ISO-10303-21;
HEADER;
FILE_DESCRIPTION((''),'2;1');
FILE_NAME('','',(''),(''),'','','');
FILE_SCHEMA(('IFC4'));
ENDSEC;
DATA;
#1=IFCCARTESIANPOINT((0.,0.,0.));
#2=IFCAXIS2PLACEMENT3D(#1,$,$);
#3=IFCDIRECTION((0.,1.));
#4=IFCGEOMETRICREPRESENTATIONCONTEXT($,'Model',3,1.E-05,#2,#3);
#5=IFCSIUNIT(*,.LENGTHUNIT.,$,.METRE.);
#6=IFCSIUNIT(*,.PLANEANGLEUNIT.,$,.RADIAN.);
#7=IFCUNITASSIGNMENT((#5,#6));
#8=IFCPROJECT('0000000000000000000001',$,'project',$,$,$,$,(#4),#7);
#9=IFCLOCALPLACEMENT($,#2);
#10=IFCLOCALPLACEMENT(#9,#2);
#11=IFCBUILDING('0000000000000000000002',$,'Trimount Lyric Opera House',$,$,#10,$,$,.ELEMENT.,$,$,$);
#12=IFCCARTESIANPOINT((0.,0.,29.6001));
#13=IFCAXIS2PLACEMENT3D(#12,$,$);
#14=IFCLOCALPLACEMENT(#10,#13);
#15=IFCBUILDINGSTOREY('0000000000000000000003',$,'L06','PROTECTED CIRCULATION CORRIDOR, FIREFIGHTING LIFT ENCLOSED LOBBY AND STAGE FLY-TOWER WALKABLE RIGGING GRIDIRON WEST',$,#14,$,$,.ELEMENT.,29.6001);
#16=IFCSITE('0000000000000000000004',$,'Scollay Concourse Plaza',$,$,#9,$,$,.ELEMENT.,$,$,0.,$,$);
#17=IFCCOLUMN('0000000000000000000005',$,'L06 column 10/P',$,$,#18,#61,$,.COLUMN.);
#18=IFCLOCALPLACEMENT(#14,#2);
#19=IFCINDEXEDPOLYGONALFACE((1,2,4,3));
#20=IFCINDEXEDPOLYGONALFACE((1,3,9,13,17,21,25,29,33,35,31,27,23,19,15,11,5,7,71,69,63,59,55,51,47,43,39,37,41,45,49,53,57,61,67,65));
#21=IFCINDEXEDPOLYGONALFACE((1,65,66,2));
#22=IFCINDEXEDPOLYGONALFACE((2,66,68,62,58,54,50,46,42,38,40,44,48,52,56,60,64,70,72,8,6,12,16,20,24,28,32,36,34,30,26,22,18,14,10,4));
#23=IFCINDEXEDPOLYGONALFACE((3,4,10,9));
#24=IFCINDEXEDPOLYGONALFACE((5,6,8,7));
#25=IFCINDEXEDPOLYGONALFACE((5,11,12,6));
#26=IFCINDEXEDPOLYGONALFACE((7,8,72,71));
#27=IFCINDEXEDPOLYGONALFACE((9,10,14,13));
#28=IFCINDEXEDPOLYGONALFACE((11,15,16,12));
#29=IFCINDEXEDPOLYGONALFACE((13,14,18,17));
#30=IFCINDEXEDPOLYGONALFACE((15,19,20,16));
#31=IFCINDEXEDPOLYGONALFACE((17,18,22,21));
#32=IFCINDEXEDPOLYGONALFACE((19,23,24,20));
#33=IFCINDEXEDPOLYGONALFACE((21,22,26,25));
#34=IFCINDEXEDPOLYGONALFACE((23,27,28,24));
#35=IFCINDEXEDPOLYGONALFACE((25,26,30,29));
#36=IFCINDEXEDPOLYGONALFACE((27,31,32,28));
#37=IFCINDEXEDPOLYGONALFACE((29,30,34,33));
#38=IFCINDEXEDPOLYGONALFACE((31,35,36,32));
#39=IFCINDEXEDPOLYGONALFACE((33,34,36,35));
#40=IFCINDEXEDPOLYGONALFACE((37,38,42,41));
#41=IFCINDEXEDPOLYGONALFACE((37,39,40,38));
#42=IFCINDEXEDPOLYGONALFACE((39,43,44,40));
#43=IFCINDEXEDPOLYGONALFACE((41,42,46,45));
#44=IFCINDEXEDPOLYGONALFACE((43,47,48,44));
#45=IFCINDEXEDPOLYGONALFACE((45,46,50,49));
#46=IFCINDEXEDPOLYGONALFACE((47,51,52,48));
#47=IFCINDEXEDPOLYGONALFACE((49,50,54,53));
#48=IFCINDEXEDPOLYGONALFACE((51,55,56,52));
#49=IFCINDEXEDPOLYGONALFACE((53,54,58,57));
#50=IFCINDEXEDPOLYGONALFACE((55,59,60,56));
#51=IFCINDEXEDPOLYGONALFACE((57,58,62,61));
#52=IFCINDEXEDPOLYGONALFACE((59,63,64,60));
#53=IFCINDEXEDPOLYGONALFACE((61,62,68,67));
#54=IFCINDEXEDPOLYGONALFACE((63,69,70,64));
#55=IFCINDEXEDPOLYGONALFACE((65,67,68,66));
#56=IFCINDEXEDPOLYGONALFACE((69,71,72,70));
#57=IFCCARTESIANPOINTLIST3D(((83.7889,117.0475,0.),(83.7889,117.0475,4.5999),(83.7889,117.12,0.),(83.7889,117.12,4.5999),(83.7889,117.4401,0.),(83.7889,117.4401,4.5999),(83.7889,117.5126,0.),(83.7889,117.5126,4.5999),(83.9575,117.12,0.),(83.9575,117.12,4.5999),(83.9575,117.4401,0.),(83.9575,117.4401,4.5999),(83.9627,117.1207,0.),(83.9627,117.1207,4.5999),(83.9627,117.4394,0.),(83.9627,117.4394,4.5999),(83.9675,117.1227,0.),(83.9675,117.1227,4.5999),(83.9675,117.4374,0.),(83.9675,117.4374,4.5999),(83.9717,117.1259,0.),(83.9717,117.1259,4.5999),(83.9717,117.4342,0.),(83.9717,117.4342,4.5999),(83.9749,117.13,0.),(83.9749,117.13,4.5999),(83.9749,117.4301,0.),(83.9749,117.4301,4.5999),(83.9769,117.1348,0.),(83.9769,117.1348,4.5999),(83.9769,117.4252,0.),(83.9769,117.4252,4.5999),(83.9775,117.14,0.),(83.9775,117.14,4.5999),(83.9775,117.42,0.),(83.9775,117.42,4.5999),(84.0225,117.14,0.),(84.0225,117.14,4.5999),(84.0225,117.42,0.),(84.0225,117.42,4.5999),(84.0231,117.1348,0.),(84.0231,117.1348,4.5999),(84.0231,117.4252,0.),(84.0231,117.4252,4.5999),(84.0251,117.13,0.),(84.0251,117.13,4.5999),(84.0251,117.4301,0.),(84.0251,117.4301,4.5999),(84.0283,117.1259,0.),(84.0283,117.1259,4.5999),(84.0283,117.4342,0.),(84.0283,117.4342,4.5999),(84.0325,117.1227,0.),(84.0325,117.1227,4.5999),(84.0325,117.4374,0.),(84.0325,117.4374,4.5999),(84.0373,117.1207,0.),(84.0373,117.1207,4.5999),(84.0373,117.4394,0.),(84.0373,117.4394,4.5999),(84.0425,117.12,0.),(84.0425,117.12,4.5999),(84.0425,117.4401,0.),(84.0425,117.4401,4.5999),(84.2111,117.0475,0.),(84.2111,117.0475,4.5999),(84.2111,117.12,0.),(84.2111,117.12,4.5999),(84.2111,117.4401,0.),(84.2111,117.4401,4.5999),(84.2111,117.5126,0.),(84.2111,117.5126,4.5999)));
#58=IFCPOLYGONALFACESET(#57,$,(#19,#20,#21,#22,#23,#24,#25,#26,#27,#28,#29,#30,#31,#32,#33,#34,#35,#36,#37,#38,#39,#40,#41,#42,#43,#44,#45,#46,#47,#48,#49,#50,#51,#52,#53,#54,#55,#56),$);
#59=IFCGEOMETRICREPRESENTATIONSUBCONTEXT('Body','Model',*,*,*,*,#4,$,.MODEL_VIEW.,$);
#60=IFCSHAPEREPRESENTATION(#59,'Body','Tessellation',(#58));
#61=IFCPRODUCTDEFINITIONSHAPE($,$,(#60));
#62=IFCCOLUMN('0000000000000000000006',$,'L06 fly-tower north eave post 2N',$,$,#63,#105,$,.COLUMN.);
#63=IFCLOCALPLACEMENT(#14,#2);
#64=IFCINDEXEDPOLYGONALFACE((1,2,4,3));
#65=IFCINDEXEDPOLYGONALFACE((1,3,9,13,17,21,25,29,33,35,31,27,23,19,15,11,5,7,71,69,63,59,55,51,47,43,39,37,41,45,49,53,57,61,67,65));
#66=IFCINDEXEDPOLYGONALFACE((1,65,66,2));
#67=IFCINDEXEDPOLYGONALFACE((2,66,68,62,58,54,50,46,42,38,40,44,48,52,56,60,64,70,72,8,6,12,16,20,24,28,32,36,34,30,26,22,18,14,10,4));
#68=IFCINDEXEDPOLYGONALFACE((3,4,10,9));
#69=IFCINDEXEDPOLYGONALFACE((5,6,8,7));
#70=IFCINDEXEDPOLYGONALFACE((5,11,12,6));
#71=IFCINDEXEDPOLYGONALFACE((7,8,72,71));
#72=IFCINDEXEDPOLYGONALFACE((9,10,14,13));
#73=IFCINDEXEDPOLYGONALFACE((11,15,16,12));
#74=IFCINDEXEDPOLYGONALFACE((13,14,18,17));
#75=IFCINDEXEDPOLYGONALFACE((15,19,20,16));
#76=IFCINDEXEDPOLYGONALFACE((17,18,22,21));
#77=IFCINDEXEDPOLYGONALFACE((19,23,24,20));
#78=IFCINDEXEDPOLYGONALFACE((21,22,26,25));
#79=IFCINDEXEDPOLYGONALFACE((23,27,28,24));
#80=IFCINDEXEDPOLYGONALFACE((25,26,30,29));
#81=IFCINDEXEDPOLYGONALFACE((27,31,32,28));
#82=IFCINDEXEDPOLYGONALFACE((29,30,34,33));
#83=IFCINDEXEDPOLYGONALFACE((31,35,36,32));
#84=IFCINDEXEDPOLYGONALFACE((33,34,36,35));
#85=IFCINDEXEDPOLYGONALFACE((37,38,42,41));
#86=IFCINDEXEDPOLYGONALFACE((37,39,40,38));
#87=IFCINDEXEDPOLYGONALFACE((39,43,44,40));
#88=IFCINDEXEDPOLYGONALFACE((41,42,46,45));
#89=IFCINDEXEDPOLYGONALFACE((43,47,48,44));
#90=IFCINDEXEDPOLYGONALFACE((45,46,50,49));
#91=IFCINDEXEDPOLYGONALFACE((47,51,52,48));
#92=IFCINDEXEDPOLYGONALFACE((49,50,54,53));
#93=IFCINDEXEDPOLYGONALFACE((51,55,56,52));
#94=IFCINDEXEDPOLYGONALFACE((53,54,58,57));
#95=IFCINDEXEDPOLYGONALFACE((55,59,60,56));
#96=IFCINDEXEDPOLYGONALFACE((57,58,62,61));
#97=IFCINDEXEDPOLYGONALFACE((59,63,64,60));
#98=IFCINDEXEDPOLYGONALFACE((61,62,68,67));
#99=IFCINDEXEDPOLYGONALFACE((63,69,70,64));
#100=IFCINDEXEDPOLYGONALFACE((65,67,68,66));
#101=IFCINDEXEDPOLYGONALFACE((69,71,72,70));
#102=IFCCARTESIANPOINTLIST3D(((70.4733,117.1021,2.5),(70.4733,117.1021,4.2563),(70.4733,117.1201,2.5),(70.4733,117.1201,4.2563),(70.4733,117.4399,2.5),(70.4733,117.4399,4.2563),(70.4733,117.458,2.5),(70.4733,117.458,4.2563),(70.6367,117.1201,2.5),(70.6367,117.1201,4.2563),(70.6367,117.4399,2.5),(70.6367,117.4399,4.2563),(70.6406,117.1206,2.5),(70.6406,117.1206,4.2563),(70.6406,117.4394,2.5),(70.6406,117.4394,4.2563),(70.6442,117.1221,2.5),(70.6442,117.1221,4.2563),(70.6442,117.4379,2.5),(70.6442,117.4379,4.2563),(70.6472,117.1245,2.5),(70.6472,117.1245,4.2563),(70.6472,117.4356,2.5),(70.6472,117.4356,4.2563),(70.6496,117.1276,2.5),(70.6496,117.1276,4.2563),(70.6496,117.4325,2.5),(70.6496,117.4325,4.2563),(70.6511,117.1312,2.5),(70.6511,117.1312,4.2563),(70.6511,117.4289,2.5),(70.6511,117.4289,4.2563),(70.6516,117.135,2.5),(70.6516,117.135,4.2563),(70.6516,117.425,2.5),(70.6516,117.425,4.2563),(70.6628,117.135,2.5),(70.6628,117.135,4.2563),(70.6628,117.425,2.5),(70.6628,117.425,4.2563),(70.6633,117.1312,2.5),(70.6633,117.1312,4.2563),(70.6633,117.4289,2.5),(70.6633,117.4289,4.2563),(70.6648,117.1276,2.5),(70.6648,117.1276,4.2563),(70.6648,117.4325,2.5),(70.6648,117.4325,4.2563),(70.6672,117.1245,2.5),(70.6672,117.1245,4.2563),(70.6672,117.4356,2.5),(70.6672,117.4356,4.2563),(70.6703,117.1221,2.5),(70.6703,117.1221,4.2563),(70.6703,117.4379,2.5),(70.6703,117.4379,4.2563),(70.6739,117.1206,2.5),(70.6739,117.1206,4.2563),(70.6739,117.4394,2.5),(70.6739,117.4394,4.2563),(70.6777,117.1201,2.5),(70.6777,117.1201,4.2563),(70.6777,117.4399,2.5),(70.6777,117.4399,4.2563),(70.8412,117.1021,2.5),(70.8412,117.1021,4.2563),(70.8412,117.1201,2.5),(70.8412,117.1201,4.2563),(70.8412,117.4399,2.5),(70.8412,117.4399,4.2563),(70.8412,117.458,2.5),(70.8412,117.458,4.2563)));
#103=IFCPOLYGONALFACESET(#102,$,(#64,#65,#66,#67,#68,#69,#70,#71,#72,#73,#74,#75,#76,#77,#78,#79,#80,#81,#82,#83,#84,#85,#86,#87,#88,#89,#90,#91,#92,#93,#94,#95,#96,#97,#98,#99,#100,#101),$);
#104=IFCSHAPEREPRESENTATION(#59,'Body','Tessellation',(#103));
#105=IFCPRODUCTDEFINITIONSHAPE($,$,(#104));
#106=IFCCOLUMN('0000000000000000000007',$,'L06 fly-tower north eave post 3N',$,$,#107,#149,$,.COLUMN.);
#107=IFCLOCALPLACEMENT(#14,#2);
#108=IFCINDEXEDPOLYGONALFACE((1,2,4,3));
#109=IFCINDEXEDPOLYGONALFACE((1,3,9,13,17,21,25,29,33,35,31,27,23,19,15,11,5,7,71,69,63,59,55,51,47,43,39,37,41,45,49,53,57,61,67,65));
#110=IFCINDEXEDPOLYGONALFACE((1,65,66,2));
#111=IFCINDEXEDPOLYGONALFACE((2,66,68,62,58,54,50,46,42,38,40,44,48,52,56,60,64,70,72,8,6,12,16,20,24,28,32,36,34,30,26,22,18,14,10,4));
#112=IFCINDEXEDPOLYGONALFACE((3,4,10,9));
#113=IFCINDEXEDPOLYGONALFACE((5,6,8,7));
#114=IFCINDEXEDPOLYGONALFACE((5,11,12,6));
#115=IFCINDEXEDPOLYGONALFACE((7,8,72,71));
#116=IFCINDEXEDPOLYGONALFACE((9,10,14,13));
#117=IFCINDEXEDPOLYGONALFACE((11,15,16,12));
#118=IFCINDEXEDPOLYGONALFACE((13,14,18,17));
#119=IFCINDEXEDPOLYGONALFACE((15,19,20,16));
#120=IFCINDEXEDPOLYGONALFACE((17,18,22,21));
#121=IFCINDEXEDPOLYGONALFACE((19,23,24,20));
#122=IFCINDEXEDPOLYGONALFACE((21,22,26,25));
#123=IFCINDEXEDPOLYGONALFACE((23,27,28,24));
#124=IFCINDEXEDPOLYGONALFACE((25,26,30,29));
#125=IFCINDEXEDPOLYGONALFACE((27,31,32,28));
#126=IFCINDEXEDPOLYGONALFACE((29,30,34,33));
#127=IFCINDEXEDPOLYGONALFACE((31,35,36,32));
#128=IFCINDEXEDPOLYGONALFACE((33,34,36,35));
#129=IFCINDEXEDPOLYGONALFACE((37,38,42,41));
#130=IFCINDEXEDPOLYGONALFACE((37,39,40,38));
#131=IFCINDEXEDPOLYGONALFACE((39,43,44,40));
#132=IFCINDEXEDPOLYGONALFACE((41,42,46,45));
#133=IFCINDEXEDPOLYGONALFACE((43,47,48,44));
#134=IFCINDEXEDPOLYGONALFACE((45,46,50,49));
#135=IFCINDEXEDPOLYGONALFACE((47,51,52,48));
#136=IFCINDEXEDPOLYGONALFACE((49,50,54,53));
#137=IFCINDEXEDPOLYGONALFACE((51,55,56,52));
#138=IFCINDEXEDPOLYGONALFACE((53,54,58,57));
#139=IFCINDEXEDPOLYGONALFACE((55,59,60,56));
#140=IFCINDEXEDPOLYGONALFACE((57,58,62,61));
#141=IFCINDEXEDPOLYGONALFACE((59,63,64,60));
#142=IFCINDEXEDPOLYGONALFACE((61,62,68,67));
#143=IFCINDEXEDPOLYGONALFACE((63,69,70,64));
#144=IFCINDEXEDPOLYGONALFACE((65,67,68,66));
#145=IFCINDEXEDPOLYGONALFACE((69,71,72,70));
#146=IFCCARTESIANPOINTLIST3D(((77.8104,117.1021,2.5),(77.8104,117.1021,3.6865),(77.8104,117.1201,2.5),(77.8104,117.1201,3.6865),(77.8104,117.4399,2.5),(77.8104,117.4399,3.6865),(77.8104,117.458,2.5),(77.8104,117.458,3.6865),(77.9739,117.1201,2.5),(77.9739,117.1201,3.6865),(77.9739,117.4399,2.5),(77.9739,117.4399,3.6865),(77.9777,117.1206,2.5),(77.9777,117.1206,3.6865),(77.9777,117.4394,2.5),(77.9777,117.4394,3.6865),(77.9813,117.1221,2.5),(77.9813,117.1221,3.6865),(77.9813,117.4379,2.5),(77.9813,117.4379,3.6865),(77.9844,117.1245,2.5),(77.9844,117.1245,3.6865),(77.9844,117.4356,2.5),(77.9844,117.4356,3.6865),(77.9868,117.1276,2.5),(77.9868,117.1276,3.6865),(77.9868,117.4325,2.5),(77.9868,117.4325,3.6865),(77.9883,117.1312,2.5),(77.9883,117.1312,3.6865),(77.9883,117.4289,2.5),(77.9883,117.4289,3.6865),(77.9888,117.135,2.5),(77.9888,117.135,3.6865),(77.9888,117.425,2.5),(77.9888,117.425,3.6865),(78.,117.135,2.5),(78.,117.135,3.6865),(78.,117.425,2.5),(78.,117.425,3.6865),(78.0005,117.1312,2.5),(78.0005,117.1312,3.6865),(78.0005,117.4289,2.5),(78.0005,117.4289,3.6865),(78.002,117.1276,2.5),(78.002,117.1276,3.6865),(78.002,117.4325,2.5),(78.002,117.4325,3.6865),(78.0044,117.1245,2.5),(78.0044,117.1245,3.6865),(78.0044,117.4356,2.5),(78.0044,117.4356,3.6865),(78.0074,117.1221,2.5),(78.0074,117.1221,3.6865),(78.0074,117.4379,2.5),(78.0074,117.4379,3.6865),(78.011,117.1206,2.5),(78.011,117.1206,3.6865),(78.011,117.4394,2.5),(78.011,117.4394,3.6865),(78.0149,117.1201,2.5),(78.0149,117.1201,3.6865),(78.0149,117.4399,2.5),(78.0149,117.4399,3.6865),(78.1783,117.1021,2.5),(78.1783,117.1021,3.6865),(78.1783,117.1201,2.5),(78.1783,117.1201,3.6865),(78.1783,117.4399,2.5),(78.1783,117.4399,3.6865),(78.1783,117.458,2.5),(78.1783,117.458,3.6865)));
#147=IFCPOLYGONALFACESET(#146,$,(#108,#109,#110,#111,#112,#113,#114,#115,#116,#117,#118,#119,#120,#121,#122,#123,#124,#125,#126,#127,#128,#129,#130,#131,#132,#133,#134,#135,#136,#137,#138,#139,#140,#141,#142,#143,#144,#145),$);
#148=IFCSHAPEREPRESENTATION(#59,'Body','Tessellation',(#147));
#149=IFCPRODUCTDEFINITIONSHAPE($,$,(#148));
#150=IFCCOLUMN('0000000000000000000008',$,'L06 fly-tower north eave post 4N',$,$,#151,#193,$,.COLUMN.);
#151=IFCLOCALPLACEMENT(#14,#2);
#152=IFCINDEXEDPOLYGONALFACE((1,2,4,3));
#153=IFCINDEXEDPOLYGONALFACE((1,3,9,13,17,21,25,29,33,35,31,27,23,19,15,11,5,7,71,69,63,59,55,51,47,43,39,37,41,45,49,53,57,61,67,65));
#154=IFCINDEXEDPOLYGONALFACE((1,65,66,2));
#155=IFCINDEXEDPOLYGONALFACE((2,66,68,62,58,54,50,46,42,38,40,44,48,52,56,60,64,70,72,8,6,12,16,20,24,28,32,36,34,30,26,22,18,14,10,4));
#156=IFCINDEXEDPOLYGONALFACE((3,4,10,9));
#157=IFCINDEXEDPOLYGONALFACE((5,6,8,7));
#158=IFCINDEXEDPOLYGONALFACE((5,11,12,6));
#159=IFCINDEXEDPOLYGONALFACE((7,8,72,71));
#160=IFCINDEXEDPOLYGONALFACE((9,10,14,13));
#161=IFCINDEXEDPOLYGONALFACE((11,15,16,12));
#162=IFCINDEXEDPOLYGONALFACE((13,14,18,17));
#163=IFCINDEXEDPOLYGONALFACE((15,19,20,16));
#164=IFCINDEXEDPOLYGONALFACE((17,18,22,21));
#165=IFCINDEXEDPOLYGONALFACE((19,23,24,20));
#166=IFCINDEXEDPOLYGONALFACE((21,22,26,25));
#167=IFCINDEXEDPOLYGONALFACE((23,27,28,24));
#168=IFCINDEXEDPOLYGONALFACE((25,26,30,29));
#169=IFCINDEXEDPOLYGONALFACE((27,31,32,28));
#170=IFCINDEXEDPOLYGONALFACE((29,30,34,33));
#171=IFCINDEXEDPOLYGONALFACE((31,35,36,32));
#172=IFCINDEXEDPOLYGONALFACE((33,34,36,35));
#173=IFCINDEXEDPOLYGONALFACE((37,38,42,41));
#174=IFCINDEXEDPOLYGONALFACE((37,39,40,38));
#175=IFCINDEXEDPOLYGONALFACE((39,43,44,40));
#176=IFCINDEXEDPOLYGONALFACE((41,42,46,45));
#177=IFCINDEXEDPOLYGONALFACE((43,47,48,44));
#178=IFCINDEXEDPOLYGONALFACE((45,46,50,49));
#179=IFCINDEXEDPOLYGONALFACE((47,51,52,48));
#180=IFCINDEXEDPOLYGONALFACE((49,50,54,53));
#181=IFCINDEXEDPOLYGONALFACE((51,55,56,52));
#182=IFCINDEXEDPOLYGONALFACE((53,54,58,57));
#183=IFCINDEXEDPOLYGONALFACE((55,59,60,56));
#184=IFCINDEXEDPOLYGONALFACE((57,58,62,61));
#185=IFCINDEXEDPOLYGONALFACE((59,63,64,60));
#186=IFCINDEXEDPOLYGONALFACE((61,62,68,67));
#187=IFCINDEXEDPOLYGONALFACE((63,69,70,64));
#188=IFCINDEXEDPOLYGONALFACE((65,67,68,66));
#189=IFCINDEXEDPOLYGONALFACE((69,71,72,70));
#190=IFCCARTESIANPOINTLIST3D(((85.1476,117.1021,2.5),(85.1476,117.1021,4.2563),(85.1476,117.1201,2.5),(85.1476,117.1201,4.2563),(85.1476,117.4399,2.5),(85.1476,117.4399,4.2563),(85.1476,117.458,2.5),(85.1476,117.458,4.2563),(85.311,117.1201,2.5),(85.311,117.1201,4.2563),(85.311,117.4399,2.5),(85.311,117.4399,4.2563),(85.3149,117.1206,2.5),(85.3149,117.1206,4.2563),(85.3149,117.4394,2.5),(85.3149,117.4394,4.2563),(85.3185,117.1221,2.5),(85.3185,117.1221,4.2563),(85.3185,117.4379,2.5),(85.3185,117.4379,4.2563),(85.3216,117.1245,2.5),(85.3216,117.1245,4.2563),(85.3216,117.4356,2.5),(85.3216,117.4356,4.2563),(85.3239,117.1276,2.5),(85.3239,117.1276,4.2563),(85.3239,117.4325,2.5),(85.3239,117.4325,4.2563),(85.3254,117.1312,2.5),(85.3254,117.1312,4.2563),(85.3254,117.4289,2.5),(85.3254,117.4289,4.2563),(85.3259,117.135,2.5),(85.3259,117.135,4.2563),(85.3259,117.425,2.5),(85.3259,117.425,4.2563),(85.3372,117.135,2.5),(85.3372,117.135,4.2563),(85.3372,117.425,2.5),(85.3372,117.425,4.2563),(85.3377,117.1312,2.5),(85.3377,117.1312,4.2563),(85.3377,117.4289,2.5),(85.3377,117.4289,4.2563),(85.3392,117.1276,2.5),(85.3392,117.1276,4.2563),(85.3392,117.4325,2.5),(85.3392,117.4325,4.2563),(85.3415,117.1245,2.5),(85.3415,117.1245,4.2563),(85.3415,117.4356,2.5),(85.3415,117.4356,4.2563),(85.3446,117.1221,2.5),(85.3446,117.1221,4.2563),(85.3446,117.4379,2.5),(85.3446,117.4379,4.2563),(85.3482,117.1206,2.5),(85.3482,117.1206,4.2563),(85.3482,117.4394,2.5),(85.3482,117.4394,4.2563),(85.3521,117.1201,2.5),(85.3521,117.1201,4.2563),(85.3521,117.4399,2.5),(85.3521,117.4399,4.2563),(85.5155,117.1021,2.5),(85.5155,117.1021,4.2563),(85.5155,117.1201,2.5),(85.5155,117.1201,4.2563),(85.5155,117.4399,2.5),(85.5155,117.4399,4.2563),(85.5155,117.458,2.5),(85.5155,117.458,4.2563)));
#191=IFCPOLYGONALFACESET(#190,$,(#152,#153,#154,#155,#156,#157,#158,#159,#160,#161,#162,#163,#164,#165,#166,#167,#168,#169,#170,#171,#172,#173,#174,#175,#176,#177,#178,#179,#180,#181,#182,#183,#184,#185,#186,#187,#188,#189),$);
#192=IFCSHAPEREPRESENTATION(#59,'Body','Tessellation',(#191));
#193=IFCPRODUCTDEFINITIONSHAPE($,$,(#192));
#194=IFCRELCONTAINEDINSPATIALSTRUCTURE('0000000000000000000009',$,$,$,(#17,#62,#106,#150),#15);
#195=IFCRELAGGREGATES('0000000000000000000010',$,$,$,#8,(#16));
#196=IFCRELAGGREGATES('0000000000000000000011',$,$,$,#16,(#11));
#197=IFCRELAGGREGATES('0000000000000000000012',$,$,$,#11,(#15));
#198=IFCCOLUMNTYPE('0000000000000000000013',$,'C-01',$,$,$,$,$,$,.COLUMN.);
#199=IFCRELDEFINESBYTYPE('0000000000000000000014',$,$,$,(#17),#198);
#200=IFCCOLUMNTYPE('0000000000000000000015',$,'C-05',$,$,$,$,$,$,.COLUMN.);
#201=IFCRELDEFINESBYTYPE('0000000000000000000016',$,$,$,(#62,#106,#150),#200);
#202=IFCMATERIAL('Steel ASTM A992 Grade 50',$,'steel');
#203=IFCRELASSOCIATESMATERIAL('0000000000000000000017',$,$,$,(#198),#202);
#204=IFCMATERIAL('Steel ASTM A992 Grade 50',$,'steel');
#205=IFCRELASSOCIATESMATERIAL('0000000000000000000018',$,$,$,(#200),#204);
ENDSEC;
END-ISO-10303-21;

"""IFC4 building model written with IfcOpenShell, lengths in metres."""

from ifc_helpers import new_model, si_unit, direction, frame, origin, origin_2d, place, context, subcontext, project, spatial, i_section, extrude, material, material_profile, profile_set, type_object, element, save


model = new_model("IFC4")

# Units and contexts
model_context = context("Model", 3, precision=1e-05, world=origin(), true_north=direction((0.0, 1.0)))
body_context = subcontext(model_context, "Body", "Model", "MODEL_VIEW")
ifc_project = project(units=[si_unit("LENGTHUNIT", "METRE"), si_unit("PLANEANGLEUNIT", "RADIAN")], contexts=[model_context])

# Site, building, storey
site_placement = place(None, origin())
site = spatial("IfcSite", under=ifc_project, at=site_placement, Name="Scollay Concourse Plaza", CompositionType="ELEMENT", RefElevation=0.0)
building_placement = place(site_placement, origin())
building = spatial("IfcBuilding", under=site, at=building_placement, Name="Trimount Lyric Opera House", CompositionType="ELEMENT")
storey_placement = place(building_placement, frame((0.0, 0.0, 29.6001)))
storey = spatial("IfcBuildingStorey", under=building, at=storey_placement, Name="L06", Description="PROTECTED CIRCULATION CORRIDOR, FIREFIGHTING LIFT ENCLOSED LOBBY AND STAGE FLY-TOWER WALKABLE RIGGING GRIDIRON WEST", CompositionType="ELEMENT", Elevation=29.6001)

# Columns
ifc_material_1 = material(Name="Steel ASTM A992 Grade 50", Category="steel")
ifc_material_profile_1 = material_profile(ifc_material_1, i_section(OverallWidth=0.4221, OverallDepth=0.4651, WebThickness=0.0449, FlangeThickness=0.0725, FilletRadius=0.02, at=origin_2d()), Name="W14X398")
ifc_profile_set_1 = profile_set([ifc_material_profile_1], Name="Steel ASTM A992 Grade 50")
column_type_1 = type_object("IfcColumnType", Name="C-01", PredefinedType="COLUMN", material=ifc_profile_set_1)
column_1_placement = place(storey_placement, frame((84.0, 117.28, 0.0), z_axis=(0.0, 0.0, 1.0), x_axis=(1.0, 0.0, 0.0)))
element("IfcColumn", 1, at=column_1_placement, inside=storey, type_object=column_type_1, Name="L06 column 10/P", PredefinedType="COLUMN", context=body_context, shape_type="SweptSolid", body=[
    extrude(i_section(OverallWidth=0.4221, OverallDepth=0.4651, WebThickness=0.0449, FlangeThickness=0.0725, FilletRadius=0.02, at=origin_2d()), origin(), (0.0, 0.0, 1.0), 4.5999),
])
ifc_material_2 = material(Name="Steel ASTM A992 Grade 50", Category="steel")
ifc_material_profile_2 = material_profile(ifc_material_2, i_section(OverallWidth=0.3679, OverallDepth=0.356, WebThickness=0.0112, FlangeThickness=0.0181, FilletRadius=0.0149, at=origin_2d()), Name="W14X90")
ifc_profile_set_2 = profile_set([ifc_material_profile_2], Name="Steel ASTM A992 Grade 50")
column_type_2 = type_object("IfcColumnType", Name="C-05", PredefinedType="COLUMN", material=ifc_profile_set_2)
column_2_placement = place(storey_placement, frame((70.6572, 117.28, 2.5), z_axis=(0.0, 0.0, 1.0), x_axis=(1.0, 0.0, 0.0)))
element("IfcColumn", 2, at=column_2_placement, inside=storey, type_object=column_type_2, Name="L06 fly-tower north eave post 2N", PredefinedType="COLUMN", context=body_context, shape_type="SweptSolid", body=[
    extrude(i_section(OverallWidth=0.3679, OverallDepth=0.356, WebThickness=0.0112, FlangeThickness=0.0181, FilletRadius=0.0149, at=origin_2d()), origin(), (0.0, 0.0, 1.0), 1.7563),
])
column_3_placement = place(storey_placement, frame((77.9944, 117.28, 2.5), z_axis=(0.0, 0.0, 1.0), x_axis=(1.0, 0.0, 0.0)))
element("IfcColumn", 3, at=column_3_placement, inside=storey, type_object=column_type_2, Name="L06 fly-tower north eave post 3N", PredefinedType="COLUMN", context=body_context, shape_type="SweptSolid", body=[
    extrude(i_section(OverallWidth=0.3679, OverallDepth=0.356, WebThickness=0.0112, FlangeThickness=0.0181, FilletRadius=0.0149, at=origin_2d()), origin(), (0.0, 0.0, 1.0), 1.1865),
])
column_4_placement = place(storey_placement, frame((85.3315, 117.28, 2.5), z_axis=(0.0, 0.0, 1.0), x_axis=(1.0, 0.0, 0.0)))
element("IfcColumn", 4, at=column_4_placement, inside=storey, type_object=column_type_2, Name="L06 fly-tower north eave post 4N", PredefinedType="COLUMN", context=body_context, shape_type="SweptSolid", body=[
    extrude(i_section(OverallWidth=0.3679, OverallDepth=0.356, WebThickness=0.0112, FlangeThickness=0.0181, FilletRadius=0.0149, at=origin_2d()), origin(), (0.0, 0.0, 1.0), 1.7563),
])

save(model, "model.ifc")
